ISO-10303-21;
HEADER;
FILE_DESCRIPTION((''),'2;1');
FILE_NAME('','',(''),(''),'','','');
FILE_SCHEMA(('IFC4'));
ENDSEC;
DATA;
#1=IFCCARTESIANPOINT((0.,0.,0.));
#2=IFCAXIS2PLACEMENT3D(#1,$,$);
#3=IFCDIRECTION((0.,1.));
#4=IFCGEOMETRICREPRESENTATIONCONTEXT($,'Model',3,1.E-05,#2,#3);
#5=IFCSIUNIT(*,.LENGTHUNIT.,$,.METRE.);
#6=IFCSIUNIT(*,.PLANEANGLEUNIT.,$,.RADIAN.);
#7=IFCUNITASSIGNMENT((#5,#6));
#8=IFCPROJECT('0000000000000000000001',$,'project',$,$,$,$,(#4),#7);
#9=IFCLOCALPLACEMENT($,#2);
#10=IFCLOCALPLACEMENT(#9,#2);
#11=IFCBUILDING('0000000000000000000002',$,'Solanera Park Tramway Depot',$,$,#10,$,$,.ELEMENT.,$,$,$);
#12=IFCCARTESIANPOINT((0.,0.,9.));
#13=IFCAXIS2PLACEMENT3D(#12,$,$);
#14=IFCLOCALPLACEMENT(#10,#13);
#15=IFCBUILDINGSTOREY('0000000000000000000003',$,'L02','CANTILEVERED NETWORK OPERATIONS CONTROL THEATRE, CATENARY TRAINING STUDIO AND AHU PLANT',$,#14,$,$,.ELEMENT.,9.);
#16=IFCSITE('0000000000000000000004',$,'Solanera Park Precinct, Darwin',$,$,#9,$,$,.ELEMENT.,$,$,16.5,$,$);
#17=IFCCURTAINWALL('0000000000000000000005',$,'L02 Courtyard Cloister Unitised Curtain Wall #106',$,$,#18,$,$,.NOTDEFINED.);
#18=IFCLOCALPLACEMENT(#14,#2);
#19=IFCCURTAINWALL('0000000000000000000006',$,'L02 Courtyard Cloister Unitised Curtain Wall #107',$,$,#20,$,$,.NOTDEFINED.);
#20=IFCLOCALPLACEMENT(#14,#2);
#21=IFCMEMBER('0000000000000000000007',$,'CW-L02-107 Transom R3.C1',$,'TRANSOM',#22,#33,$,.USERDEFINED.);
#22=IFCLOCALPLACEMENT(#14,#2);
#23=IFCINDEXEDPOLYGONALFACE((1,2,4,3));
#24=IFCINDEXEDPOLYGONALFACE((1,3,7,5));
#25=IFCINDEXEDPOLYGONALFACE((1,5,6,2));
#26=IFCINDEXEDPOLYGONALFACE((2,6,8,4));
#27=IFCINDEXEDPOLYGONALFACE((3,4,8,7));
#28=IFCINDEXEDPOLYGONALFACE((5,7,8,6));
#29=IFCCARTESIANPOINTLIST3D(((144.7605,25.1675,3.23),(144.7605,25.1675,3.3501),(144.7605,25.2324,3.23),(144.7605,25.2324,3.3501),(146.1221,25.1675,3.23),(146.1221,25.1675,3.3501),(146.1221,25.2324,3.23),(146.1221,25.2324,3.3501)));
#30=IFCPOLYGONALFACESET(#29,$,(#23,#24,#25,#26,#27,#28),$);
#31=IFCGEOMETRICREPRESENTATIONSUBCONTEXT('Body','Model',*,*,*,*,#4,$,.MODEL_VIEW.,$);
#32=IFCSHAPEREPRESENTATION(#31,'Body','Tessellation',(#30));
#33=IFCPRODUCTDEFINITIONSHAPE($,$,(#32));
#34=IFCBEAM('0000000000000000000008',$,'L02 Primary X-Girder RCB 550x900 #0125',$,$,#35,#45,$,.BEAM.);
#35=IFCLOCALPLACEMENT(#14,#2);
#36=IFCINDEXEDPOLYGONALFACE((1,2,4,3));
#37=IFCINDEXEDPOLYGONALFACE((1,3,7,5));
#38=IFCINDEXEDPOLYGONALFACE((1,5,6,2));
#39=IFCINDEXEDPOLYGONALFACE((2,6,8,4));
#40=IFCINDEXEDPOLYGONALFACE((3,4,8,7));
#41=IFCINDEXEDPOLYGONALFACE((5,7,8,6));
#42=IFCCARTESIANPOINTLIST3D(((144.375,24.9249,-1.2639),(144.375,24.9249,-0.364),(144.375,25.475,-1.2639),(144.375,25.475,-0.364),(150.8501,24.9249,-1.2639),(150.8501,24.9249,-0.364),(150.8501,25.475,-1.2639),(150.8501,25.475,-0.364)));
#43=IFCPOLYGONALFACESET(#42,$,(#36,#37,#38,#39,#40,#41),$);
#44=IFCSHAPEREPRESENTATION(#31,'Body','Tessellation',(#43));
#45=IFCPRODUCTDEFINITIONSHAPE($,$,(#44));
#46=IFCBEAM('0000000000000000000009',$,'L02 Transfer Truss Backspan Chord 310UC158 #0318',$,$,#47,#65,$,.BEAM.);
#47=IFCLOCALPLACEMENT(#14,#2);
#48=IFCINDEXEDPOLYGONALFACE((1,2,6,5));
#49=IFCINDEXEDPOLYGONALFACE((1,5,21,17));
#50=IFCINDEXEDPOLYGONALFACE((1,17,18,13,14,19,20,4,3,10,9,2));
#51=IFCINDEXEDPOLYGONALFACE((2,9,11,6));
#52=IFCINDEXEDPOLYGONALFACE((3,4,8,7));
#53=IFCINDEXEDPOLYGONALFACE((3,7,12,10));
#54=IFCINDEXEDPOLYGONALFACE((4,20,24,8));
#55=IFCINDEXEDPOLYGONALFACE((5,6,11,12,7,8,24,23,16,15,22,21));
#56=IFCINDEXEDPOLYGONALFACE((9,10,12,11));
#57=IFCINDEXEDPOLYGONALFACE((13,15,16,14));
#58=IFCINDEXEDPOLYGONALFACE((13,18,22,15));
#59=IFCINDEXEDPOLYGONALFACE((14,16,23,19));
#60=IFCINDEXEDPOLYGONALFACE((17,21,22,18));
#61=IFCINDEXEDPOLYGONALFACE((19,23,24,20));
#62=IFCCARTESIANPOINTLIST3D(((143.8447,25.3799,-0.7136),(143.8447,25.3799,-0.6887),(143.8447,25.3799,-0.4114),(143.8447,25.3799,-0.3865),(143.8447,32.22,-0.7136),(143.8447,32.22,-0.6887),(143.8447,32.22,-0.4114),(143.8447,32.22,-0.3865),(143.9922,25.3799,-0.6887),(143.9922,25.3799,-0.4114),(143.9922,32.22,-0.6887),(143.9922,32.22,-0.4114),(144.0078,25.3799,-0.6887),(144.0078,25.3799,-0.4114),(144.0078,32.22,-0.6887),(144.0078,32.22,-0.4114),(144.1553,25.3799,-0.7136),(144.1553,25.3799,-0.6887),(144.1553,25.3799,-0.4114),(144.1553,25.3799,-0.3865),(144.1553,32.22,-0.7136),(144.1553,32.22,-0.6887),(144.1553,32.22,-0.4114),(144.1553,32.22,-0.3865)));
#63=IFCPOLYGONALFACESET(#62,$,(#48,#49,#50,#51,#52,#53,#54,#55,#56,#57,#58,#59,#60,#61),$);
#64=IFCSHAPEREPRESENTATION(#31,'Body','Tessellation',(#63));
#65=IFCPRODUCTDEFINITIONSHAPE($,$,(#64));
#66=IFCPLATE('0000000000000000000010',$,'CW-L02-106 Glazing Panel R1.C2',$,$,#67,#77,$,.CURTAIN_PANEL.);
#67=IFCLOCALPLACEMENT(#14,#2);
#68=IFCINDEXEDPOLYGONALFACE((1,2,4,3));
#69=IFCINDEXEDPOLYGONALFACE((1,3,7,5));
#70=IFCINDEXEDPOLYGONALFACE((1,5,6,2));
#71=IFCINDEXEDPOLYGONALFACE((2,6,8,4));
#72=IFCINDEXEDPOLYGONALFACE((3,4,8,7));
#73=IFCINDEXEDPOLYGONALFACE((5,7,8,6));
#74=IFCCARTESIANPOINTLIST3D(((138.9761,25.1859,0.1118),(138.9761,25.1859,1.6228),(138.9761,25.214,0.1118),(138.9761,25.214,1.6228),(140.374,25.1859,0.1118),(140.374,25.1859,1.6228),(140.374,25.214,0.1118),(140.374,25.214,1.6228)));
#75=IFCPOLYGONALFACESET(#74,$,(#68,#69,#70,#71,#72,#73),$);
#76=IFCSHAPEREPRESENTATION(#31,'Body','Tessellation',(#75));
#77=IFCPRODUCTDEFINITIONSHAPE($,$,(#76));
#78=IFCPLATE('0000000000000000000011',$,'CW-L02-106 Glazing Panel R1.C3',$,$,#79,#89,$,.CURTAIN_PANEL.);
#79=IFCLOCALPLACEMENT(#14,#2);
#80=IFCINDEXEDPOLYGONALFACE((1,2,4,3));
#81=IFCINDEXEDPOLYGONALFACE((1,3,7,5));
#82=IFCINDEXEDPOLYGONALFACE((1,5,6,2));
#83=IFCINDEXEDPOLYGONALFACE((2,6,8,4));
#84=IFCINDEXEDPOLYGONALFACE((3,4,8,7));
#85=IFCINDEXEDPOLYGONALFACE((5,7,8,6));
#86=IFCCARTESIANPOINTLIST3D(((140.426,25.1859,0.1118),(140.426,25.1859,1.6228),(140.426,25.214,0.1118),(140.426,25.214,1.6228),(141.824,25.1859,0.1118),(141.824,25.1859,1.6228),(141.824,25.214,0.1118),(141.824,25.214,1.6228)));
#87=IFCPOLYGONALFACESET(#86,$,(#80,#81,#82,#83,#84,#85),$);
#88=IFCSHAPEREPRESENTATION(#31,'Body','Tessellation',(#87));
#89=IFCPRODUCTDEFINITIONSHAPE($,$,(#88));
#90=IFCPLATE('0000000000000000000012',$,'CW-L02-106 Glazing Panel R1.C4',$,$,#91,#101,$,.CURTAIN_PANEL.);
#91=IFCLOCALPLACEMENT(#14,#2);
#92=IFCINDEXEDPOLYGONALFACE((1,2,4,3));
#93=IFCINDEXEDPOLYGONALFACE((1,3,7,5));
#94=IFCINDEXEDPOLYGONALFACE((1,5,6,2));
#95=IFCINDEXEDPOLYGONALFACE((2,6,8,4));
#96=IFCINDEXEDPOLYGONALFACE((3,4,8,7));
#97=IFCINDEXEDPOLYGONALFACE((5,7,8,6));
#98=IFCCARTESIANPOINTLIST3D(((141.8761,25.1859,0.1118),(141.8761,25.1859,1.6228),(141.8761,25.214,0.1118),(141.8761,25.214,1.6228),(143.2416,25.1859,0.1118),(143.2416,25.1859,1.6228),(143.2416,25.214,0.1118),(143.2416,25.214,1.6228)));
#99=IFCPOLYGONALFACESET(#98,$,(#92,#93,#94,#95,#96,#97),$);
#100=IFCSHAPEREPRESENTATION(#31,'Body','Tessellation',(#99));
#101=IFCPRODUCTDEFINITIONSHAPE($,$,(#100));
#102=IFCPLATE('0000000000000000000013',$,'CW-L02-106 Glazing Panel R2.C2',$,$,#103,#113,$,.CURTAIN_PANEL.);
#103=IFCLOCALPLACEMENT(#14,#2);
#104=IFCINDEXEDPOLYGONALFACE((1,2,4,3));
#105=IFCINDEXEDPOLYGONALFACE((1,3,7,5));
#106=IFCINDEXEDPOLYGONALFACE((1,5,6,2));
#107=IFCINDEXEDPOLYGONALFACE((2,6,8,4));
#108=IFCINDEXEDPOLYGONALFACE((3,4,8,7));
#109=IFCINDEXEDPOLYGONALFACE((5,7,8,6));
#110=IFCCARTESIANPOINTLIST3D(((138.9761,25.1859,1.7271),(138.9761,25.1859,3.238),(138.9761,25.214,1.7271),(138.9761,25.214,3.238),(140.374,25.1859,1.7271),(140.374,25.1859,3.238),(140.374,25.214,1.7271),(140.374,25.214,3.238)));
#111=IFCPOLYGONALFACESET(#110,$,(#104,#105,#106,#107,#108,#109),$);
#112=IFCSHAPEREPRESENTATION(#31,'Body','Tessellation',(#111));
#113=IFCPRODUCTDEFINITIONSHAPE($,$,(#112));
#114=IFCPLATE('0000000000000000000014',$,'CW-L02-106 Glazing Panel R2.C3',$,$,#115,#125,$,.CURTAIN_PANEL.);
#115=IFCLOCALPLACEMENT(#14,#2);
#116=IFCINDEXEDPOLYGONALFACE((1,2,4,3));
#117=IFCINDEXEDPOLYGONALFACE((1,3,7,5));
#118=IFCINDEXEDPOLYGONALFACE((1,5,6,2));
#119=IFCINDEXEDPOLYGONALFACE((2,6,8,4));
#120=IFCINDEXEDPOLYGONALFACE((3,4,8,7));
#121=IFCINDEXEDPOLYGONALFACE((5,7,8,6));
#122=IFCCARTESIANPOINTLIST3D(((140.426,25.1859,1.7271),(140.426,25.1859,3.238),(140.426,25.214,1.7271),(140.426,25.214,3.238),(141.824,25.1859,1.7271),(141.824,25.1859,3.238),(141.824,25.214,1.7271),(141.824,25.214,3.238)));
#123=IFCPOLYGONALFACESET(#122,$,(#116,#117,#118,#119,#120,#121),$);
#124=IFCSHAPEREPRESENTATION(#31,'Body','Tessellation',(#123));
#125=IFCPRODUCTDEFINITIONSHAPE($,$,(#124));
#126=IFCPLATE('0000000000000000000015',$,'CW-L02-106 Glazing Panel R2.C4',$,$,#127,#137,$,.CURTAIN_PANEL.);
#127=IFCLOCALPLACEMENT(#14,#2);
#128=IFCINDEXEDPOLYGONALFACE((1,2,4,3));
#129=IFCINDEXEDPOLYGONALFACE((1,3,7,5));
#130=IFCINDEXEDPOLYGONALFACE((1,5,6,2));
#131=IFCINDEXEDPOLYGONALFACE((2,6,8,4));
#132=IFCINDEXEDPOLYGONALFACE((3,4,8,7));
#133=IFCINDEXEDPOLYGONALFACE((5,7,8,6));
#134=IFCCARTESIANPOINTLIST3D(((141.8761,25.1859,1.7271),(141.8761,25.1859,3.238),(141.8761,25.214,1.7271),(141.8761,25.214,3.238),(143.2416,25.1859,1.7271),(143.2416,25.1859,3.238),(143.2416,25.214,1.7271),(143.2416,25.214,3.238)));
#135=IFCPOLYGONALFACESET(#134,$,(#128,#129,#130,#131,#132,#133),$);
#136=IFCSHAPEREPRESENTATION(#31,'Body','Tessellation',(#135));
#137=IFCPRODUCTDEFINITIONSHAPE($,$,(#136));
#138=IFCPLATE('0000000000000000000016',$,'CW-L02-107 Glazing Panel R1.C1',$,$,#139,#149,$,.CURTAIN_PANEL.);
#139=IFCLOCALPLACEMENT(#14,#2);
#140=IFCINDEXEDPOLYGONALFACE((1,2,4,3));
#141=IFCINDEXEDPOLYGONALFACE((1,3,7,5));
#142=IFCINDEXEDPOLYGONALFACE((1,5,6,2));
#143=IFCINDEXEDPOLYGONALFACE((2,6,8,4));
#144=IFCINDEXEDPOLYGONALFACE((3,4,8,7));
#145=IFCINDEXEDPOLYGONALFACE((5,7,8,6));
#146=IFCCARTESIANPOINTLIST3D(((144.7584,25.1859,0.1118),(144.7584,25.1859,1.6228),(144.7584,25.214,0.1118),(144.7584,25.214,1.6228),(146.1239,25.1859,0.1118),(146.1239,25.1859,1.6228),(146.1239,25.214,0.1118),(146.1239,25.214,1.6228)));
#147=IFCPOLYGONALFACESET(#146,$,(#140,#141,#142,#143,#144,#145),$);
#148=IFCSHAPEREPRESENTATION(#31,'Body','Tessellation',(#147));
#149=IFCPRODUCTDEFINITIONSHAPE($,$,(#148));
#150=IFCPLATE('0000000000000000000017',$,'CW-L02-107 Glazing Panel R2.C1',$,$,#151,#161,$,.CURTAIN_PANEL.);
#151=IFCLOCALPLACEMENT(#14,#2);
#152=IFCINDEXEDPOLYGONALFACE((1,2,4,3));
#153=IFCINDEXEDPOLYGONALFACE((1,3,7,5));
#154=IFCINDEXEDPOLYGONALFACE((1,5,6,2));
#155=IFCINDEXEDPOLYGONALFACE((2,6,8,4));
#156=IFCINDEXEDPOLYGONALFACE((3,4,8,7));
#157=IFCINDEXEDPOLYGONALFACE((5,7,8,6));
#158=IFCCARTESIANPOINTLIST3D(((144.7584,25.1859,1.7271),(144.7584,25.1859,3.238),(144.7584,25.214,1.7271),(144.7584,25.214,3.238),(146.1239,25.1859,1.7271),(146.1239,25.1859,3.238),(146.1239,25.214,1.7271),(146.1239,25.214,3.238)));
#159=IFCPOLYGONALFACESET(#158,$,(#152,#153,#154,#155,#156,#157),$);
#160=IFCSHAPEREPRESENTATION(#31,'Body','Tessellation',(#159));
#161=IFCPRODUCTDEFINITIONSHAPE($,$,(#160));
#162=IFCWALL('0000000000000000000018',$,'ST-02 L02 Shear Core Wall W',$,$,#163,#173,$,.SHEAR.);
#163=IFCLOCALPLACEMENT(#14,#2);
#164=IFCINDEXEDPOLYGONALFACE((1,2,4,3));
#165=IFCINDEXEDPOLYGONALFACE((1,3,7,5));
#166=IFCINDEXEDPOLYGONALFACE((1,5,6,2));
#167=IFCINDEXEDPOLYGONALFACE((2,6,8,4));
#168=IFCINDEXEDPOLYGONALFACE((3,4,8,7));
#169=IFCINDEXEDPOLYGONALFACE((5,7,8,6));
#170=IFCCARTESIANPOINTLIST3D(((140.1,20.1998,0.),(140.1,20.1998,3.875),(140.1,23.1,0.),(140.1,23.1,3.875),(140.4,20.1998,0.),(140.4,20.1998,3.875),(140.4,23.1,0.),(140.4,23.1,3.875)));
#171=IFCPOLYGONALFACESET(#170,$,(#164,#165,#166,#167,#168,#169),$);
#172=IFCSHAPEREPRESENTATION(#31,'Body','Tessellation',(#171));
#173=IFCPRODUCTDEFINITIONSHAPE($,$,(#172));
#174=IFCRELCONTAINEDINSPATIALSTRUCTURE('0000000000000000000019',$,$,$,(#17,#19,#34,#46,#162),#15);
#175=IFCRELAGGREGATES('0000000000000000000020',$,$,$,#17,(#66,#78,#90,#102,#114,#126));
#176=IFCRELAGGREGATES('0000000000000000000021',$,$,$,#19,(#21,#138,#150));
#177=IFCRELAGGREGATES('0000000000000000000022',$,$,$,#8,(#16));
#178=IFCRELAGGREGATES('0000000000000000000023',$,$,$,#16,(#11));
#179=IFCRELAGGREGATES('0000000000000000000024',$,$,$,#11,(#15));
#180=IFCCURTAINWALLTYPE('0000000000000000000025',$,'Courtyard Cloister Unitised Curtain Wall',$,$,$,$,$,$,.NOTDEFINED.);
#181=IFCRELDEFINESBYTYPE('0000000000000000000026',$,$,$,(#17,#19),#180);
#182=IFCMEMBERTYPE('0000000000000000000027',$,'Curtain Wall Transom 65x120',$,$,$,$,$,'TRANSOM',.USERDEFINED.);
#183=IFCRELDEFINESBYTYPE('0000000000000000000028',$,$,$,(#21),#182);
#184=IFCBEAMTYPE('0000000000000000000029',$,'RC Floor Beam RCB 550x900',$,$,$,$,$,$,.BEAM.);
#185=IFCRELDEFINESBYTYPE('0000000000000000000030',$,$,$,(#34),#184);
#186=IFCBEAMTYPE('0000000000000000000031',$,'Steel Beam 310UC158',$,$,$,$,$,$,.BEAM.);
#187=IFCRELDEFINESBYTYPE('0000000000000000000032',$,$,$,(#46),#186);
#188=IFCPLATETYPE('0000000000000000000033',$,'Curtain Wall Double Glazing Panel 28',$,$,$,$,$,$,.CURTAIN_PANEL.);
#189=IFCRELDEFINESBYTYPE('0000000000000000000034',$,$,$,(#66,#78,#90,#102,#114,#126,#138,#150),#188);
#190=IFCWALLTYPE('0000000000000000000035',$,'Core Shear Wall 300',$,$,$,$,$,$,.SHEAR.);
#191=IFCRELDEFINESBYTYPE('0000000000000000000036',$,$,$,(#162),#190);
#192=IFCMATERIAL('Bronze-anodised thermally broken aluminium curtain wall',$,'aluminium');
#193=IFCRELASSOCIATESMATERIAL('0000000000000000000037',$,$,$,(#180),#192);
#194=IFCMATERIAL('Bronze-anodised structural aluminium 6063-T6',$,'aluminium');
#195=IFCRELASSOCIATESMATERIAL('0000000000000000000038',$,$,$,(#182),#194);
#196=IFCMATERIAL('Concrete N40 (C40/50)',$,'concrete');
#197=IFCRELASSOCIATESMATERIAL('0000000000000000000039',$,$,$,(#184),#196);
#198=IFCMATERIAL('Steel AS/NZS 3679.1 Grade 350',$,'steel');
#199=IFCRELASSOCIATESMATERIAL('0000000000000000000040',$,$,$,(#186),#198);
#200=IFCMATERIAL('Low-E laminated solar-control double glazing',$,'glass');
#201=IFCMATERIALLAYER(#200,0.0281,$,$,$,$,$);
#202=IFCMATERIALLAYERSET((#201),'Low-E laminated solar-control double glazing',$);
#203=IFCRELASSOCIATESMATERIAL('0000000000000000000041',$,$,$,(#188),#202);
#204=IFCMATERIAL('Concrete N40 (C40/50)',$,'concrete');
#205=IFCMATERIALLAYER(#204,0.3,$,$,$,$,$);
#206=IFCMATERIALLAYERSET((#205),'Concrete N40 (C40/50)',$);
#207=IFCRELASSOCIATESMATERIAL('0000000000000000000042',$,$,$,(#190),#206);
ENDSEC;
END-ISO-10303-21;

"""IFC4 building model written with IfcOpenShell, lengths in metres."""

from ifc_helpers import new_model, si_unit, direction, frame, frame_2d, origin, origin_2d, place, context, subcontext, project, spatial, rectangle, i_section, extrude, material, layer, layer_set, material_profile, profile_set, type_object, element, aggregate, save


model = new_model("IFC4")

# Units and contexts
model_context = context("Model", 3, precision=1e-05, world=origin(), true_north=direction((0.0, 1.0)))
body_context = subcontext(model_context, "Body", "Model", "MODEL_VIEW")
ifc_project = project(units=[si_unit("LENGTHUNIT", "METRE"), si_unit("PLANEANGLEUNIT", "RADIAN")], contexts=[model_context])

# Site, building, storey
site_placement = place(None, origin())
site = spatial("IfcSite", under=ifc_project, at=site_placement, Name="Solanera Park Precinct, Darwin", CompositionType="ELEMENT", RefElevation=16.5)
building_placement = place(site_placement, origin())
building = spatial("IfcBuilding", under=site, at=building_placement, Name="Solanera Park Tramway Depot", CompositionType="ELEMENT")
storey_placement = place(building_placement, frame((0.0, 0.0, 9.0)))
storey = spatial("IfcBuildingStorey", under=building, at=storey_placement, Name="L02", Description="CANTILEVERED NETWORK OPERATIONS CONTROL THEATRE, CATENARY TRAINING STUDIO AND AHU PLANT", CompositionType="ELEMENT", Elevation=9.0)

# Curtain walls
ifc_material_1 = material(Name="Bronze-anodised thermally broken aluminium curtain wall", Category="aluminium")
curtain_wall_type = type_object("IfcCurtainWallType", Name="Courtyard Cloister Unitised Curtain Wall", PredefinedType="NOTDEFINED", material=ifc_material_1)
curtain_wall_1_placement = place(storey_placement, origin())
curtain_wall_1 = element("IfcCurtainWall", 1, at=curtain_wall_1_placement, inside=storey, type_object=curtain_wall_type, Name="L02 Courtyard Cloister Unitised Curtain Wall #106", PredefinedType="NOTDEFINED")
curtain_wall_2_placement = place(storey_placement, origin())
curtain_wall_2 = element("IfcCurtainWall", 2, at=curtain_wall_2_placement, inside=storey, type_object=curtain_wall_type, Name="L02 Courtyard Cloister Unitised Curtain Wall #107", PredefinedType="NOTDEFINED")

# Member
ifc_material_2 = material(Name="Bronze-anodised structural aluminium 6063-T6", Category="aluminium")
ifc_material_profile_1 = material_profile(ifc_material_2, rectangle(XDim=0.0649, YDim=0.1201, at=origin_2d()), Name="Curtain Wall Transom 65x120")
ifc_profile_set_1 = profile_set([ifc_material_profile_1], Name="Bronze-anodised structural aluminium 6063-T6")
member_type_1 = type_object("IfcMemberType", Name="Curtain Wall Transom 65x120", ElementType="TRANSOM", PredefinedType="USERDEFINED", material=ifc_profile_set_1)
member_1_placement = place(storey_placement, frame((144.7605, 25.2, 3.29), z_axis=(1.0, 0.0, 0.0), x_axis=(0.0, 1.0, 0.0)))
member_1 = element("IfcMember", 3, at=member_1_placement, type_object=member_type_1, Name="CW-L02-107 Transom R3.C1", ObjectType="TRANSOM", PredefinedType="USERDEFINED", context=body_context, shape_type="SweptSolid", body=[
    extrude(rectangle(XDim=0.0649, YDim=0.1201, at=origin_2d()), origin(), (0.0, 0.0, 1.0), 1.3616),
])

# Beams
ifc_material_3 = material(Name="Concrete N40 (C40/50)", Category="concrete")
ifc_material_profile_2 = material_profile(ifc_material_3, rectangle(XDim=0.55, YDim=0.8999, at=origin_2d()), Name="RCB 550x900")
ifc_profile_set_2 = profile_set([ifc_material_profile_2], Name="Concrete N40 (C40/50)")
beam_type_1 = type_object("IfcBeamType", Name="RC Floor Beam RCB 550x900", PredefinedType="BEAM", material=ifc_profile_set_2)
beam_1_placement = place(storey_placement, frame((144.375, 25.2, -0.814), z_axis=(1.0, 0.0, 0.0), x_axis=(0.0, 1.0, 0.0)))
element("IfcBeam", 4, at=beam_1_placement, inside=storey, type_object=beam_type_1, Name="L02 Primary X-Girder RCB 550x900 #0125", PredefinedType="BEAM", context=body_context, shape_type="SweptSolid", body=[
    extrude(rectangle(XDim=0.55, YDim=0.8999, at=origin_2d()), origin(), (0.0, 0.0, 1.0), 6.4751),
])
ifc_material_4 = material(Name="Steel AS/NZS 3679.1 Grade 350", Category="steel")
ifc_material_profile_3 = material_profile(ifc_material_4, i_section(OverallWidth=0.3105, OverallDepth=0.3271, WebThickness=0.0156, FlangeThickness=0.0249, at=origin_2d()), Name="310UC158")
ifc_profile_set_3 = profile_set([ifc_material_profile_3], Name="Steel AS/NZS 3679.1 Grade 350")
beam_type_2 = type_object("IfcBeamType", Name="Steel Beam 310UC158", PredefinedType="BEAM", material=ifc_profile_set_3)
beam_2_placement = place(storey_placement, frame((144.0, 25.3799, -0.55), z_axis=(0.0, 1.0, 0.0), x_axis=(-1.0, 0.0, 0.0)))
element("IfcBeam", 5, at=beam_2_placement, inside=storey, type_object=beam_type_2, Name="L02 Transfer Truss Backspan Chord 310UC158 #0318", PredefinedType="BEAM", context=body_context, shape_type="SweptSolid", body=[
    extrude(i_section(OverallWidth=0.3105, OverallDepth=0.3271, WebThickness=0.0156, FlangeThickness=0.0249, at=origin_2d()), origin(), (0.0, 0.0, 1.0), 6.8401),
])

# Plates
ifc_material_5 = material(Name="Low-E laminated solar-control double glazing", Category="glass")
ifc_layer_1 = layer(ifc_material_5, 0.0281)
ifc_layer_set_1 = layer_set([ifc_layer_1], Name="Low-E laminated solar-control double glazing")
plate_type = type_object("IfcPlateType", Name="Curtain Wall Double Glazing Panel 28", PredefinedType="CURTAIN_PANEL", material=ifc_layer_set_1)
plate_1_placement = place(storey_placement, frame((139.675, 25.2, 0.1118), z_axis=(0.0, 0.0, 1.0), x_axis=(1.0, 0.0, 0.0)))
plate_1 = element("IfcPlate", 6, at=plate_1_placement, type_object=plate_type, Name="CW-L02-106 Glazing Panel R1.C2", PredefinedType="CURTAIN_PANEL", context=body_context, shape_type="SweptSolid", body=[
    extrude(rectangle(XDim=1.3979, YDim=0.0281, at=origin_2d()), origin(), (0.0, 0.0, 1.0), 1.511),
])
plate_2_placement = place(storey_placement, frame((141.125, 25.2, 0.1118), z_axis=(0.0, 0.0, 1.0), x_axis=(1.0, 0.0, 0.0)))
plate_2 = element("IfcPlate", 7, at=plate_2_placement, type_object=plate_type, Name="CW-L02-106 Glazing Panel R1.C3", PredefinedType="CURTAIN_PANEL", context=body_context, shape_type="SweptSolid", body=[
    extrude(rectangle(XDim=1.3979, YDim=0.0281, at=origin_2d()), origin(), (0.0, 0.0, 1.0), 1.511),
])
plate_3_placement = place(storey_placement, frame((142.5588, 25.2, 0.1118), z_axis=(0.0, 0.0, 1.0), x_axis=(1.0, 0.0, 0.0)))
plate_3 = element("IfcPlate", 8, at=plate_3_placement, type_object=plate_type, Name="CW-L02-106 Glazing Panel R1.C4", PredefinedType="CURTAIN_PANEL", context=body_context, shape_type="SweptSolid", body=[
    extrude(rectangle(XDim=1.3655, YDim=0.0281, at=origin_2d()), origin(), (0.0, 0.0, 1.0), 1.511),
])
plate_4_placement = place(storey_placement, frame((139.675, 25.2, 1.7271), z_axis=(0.0, 0.0, 1.0), x_axis=(1.0, 0.0, 0.0)))
plate_4 = element("IfcPlate", 9, at=plate_4_placement, type_object=plate_type, Name="CW-L02-106 Glazing Panel R2.C2", PredefinedType="CURTAIN_PANEL", context=body_context, shape_type="SweptSolid", body=[
    extrude(rectangle(XDim=1.3979, YDim=0.0281, at=origin_2d()), origin(), (0.0, 0.0, 1.0), 1.511),
])
plate_5_placement = place(storey_placement, frame((141.125, 25.2, 1.7271), z_axis=(0.0, 0.0, 1.0), x_axis=(1.0, 0.0, 0.0)))
plate_5 = element("IfcPlate", 10, at=plate_5_placement, type_object=plate_type, Name="CW-L02-106 Glazing Panel R2.C3", PredefinedType="CURTAIN_PANEL", context=body_context, shape_type="SweptSolid", body=[
    extrude(rectangle(XDim=1.3979, YDim=0.0281, at=origin_2d()), origin(), (0.0, 0.0, 1.0), 1.511),
])
plate_6_placement = place(storey_placement, frame((142.5588, 25.2, 1.7271), z_axis=(0.0, 0.0, 1.0), x_axis=(1.0, 0.0, 0.0)))
plate_6 = element("IfcPlate", 11, at=plate_6_placement, type_object=plate_type, Name="CW-L02-106 Glazing Panel R2.C4", PredefinedType="CURTAIN_PANEL", context=body_context, shape_type="SweptSolid", body=[
    extrude(rectangle(XDim=1.3655, YDim=0.0281, at=origin_2d()), origin(), (0.0, 0.0, 1.0), 1.511),
])
aggregate(curtain_wall_1, [plate_1, plate_2, plate_3, plate_4, plate_5, plate_6])
plate_7_placement = place(storey_placement, frame((145.4412, 25.2, 0.1118), z_axis=(0.0, 0.0, 1.0), x_axis=(1.0, 0.0, 0.0)))
plate_7 = element("IfcPlate", 12, at=plate_7_placement, type_object=plate_type, Name="CW-L02-107 Glazing Panel R1.C1", PredefinedType="CURTAIN_PANEL", context=body_context, shape_type="SweptSolid", body=[
    extrude(rectangle(XDim=1.3655, YDim=0.0281, at=origin_2d()), origin(), (0.0, 0.0, 1.0), 1.511),
])
plate_8_placement = place(storey_placement, frame((145.4412, 25.2, 1.7271), z_axis=(0.0, 0.0, 1.0), x_axis=(1.0, 0.0, 0.0)))
plate_8 = element("IfcPlate", 13, at=plate_8_placement, type_object=plate_type, Name="CW-L02-107 Glazing Panel R2.C1", PredefinedType="CURTAIN_PANEL", context=body_context, shape_type="SweptSolid", body=[
    extrude(rectangle(XDim=1.3655, YDim=0.0281, at=origin_2d()), origin(), (0.0, 0.0, 1.0), 1.511),
])
aggregate(curtain_wall_2, [member_1, plate_7, plate_8])

# Wall
ifc_material_6 = material(Name="Concrete N40 (C40/50)", Category="concrete")
ifc_layer_2 = layer(ifc_material_6, 0.3)
ifc_layer_set_2 = layer_set([ifc_layer_2], Name="Concrete N40 (C40/50)")
wall_type = type_object("IfcWallType", Name="Core Shear Wall 300", PredefinedType="SHEAR", material=ifc_layer_set_2)
wall_placement = place(storey_placement, frame((140.25, 23.1001, 0.0), z_axis=(0.0, 0.0, 1.0), x_axis=(0.0, -1.0, 0.0)))
element("IfcWall", 14, at=wall_placement, inside=storey, type_object=wall_type, Name="ST-02 L02 Shear Core Wall W", PredefinedType="SHEAR", context=body_context, shape_type="SweptSolid", body=[
    extrude(rectangle(XDim=2.9001, YDim=0.3, at=frame_2d((1.4502, 0.0))), origin(), (0.0, 0.0, 1.0), 3.875),
])

save(model, "model.ifc")
